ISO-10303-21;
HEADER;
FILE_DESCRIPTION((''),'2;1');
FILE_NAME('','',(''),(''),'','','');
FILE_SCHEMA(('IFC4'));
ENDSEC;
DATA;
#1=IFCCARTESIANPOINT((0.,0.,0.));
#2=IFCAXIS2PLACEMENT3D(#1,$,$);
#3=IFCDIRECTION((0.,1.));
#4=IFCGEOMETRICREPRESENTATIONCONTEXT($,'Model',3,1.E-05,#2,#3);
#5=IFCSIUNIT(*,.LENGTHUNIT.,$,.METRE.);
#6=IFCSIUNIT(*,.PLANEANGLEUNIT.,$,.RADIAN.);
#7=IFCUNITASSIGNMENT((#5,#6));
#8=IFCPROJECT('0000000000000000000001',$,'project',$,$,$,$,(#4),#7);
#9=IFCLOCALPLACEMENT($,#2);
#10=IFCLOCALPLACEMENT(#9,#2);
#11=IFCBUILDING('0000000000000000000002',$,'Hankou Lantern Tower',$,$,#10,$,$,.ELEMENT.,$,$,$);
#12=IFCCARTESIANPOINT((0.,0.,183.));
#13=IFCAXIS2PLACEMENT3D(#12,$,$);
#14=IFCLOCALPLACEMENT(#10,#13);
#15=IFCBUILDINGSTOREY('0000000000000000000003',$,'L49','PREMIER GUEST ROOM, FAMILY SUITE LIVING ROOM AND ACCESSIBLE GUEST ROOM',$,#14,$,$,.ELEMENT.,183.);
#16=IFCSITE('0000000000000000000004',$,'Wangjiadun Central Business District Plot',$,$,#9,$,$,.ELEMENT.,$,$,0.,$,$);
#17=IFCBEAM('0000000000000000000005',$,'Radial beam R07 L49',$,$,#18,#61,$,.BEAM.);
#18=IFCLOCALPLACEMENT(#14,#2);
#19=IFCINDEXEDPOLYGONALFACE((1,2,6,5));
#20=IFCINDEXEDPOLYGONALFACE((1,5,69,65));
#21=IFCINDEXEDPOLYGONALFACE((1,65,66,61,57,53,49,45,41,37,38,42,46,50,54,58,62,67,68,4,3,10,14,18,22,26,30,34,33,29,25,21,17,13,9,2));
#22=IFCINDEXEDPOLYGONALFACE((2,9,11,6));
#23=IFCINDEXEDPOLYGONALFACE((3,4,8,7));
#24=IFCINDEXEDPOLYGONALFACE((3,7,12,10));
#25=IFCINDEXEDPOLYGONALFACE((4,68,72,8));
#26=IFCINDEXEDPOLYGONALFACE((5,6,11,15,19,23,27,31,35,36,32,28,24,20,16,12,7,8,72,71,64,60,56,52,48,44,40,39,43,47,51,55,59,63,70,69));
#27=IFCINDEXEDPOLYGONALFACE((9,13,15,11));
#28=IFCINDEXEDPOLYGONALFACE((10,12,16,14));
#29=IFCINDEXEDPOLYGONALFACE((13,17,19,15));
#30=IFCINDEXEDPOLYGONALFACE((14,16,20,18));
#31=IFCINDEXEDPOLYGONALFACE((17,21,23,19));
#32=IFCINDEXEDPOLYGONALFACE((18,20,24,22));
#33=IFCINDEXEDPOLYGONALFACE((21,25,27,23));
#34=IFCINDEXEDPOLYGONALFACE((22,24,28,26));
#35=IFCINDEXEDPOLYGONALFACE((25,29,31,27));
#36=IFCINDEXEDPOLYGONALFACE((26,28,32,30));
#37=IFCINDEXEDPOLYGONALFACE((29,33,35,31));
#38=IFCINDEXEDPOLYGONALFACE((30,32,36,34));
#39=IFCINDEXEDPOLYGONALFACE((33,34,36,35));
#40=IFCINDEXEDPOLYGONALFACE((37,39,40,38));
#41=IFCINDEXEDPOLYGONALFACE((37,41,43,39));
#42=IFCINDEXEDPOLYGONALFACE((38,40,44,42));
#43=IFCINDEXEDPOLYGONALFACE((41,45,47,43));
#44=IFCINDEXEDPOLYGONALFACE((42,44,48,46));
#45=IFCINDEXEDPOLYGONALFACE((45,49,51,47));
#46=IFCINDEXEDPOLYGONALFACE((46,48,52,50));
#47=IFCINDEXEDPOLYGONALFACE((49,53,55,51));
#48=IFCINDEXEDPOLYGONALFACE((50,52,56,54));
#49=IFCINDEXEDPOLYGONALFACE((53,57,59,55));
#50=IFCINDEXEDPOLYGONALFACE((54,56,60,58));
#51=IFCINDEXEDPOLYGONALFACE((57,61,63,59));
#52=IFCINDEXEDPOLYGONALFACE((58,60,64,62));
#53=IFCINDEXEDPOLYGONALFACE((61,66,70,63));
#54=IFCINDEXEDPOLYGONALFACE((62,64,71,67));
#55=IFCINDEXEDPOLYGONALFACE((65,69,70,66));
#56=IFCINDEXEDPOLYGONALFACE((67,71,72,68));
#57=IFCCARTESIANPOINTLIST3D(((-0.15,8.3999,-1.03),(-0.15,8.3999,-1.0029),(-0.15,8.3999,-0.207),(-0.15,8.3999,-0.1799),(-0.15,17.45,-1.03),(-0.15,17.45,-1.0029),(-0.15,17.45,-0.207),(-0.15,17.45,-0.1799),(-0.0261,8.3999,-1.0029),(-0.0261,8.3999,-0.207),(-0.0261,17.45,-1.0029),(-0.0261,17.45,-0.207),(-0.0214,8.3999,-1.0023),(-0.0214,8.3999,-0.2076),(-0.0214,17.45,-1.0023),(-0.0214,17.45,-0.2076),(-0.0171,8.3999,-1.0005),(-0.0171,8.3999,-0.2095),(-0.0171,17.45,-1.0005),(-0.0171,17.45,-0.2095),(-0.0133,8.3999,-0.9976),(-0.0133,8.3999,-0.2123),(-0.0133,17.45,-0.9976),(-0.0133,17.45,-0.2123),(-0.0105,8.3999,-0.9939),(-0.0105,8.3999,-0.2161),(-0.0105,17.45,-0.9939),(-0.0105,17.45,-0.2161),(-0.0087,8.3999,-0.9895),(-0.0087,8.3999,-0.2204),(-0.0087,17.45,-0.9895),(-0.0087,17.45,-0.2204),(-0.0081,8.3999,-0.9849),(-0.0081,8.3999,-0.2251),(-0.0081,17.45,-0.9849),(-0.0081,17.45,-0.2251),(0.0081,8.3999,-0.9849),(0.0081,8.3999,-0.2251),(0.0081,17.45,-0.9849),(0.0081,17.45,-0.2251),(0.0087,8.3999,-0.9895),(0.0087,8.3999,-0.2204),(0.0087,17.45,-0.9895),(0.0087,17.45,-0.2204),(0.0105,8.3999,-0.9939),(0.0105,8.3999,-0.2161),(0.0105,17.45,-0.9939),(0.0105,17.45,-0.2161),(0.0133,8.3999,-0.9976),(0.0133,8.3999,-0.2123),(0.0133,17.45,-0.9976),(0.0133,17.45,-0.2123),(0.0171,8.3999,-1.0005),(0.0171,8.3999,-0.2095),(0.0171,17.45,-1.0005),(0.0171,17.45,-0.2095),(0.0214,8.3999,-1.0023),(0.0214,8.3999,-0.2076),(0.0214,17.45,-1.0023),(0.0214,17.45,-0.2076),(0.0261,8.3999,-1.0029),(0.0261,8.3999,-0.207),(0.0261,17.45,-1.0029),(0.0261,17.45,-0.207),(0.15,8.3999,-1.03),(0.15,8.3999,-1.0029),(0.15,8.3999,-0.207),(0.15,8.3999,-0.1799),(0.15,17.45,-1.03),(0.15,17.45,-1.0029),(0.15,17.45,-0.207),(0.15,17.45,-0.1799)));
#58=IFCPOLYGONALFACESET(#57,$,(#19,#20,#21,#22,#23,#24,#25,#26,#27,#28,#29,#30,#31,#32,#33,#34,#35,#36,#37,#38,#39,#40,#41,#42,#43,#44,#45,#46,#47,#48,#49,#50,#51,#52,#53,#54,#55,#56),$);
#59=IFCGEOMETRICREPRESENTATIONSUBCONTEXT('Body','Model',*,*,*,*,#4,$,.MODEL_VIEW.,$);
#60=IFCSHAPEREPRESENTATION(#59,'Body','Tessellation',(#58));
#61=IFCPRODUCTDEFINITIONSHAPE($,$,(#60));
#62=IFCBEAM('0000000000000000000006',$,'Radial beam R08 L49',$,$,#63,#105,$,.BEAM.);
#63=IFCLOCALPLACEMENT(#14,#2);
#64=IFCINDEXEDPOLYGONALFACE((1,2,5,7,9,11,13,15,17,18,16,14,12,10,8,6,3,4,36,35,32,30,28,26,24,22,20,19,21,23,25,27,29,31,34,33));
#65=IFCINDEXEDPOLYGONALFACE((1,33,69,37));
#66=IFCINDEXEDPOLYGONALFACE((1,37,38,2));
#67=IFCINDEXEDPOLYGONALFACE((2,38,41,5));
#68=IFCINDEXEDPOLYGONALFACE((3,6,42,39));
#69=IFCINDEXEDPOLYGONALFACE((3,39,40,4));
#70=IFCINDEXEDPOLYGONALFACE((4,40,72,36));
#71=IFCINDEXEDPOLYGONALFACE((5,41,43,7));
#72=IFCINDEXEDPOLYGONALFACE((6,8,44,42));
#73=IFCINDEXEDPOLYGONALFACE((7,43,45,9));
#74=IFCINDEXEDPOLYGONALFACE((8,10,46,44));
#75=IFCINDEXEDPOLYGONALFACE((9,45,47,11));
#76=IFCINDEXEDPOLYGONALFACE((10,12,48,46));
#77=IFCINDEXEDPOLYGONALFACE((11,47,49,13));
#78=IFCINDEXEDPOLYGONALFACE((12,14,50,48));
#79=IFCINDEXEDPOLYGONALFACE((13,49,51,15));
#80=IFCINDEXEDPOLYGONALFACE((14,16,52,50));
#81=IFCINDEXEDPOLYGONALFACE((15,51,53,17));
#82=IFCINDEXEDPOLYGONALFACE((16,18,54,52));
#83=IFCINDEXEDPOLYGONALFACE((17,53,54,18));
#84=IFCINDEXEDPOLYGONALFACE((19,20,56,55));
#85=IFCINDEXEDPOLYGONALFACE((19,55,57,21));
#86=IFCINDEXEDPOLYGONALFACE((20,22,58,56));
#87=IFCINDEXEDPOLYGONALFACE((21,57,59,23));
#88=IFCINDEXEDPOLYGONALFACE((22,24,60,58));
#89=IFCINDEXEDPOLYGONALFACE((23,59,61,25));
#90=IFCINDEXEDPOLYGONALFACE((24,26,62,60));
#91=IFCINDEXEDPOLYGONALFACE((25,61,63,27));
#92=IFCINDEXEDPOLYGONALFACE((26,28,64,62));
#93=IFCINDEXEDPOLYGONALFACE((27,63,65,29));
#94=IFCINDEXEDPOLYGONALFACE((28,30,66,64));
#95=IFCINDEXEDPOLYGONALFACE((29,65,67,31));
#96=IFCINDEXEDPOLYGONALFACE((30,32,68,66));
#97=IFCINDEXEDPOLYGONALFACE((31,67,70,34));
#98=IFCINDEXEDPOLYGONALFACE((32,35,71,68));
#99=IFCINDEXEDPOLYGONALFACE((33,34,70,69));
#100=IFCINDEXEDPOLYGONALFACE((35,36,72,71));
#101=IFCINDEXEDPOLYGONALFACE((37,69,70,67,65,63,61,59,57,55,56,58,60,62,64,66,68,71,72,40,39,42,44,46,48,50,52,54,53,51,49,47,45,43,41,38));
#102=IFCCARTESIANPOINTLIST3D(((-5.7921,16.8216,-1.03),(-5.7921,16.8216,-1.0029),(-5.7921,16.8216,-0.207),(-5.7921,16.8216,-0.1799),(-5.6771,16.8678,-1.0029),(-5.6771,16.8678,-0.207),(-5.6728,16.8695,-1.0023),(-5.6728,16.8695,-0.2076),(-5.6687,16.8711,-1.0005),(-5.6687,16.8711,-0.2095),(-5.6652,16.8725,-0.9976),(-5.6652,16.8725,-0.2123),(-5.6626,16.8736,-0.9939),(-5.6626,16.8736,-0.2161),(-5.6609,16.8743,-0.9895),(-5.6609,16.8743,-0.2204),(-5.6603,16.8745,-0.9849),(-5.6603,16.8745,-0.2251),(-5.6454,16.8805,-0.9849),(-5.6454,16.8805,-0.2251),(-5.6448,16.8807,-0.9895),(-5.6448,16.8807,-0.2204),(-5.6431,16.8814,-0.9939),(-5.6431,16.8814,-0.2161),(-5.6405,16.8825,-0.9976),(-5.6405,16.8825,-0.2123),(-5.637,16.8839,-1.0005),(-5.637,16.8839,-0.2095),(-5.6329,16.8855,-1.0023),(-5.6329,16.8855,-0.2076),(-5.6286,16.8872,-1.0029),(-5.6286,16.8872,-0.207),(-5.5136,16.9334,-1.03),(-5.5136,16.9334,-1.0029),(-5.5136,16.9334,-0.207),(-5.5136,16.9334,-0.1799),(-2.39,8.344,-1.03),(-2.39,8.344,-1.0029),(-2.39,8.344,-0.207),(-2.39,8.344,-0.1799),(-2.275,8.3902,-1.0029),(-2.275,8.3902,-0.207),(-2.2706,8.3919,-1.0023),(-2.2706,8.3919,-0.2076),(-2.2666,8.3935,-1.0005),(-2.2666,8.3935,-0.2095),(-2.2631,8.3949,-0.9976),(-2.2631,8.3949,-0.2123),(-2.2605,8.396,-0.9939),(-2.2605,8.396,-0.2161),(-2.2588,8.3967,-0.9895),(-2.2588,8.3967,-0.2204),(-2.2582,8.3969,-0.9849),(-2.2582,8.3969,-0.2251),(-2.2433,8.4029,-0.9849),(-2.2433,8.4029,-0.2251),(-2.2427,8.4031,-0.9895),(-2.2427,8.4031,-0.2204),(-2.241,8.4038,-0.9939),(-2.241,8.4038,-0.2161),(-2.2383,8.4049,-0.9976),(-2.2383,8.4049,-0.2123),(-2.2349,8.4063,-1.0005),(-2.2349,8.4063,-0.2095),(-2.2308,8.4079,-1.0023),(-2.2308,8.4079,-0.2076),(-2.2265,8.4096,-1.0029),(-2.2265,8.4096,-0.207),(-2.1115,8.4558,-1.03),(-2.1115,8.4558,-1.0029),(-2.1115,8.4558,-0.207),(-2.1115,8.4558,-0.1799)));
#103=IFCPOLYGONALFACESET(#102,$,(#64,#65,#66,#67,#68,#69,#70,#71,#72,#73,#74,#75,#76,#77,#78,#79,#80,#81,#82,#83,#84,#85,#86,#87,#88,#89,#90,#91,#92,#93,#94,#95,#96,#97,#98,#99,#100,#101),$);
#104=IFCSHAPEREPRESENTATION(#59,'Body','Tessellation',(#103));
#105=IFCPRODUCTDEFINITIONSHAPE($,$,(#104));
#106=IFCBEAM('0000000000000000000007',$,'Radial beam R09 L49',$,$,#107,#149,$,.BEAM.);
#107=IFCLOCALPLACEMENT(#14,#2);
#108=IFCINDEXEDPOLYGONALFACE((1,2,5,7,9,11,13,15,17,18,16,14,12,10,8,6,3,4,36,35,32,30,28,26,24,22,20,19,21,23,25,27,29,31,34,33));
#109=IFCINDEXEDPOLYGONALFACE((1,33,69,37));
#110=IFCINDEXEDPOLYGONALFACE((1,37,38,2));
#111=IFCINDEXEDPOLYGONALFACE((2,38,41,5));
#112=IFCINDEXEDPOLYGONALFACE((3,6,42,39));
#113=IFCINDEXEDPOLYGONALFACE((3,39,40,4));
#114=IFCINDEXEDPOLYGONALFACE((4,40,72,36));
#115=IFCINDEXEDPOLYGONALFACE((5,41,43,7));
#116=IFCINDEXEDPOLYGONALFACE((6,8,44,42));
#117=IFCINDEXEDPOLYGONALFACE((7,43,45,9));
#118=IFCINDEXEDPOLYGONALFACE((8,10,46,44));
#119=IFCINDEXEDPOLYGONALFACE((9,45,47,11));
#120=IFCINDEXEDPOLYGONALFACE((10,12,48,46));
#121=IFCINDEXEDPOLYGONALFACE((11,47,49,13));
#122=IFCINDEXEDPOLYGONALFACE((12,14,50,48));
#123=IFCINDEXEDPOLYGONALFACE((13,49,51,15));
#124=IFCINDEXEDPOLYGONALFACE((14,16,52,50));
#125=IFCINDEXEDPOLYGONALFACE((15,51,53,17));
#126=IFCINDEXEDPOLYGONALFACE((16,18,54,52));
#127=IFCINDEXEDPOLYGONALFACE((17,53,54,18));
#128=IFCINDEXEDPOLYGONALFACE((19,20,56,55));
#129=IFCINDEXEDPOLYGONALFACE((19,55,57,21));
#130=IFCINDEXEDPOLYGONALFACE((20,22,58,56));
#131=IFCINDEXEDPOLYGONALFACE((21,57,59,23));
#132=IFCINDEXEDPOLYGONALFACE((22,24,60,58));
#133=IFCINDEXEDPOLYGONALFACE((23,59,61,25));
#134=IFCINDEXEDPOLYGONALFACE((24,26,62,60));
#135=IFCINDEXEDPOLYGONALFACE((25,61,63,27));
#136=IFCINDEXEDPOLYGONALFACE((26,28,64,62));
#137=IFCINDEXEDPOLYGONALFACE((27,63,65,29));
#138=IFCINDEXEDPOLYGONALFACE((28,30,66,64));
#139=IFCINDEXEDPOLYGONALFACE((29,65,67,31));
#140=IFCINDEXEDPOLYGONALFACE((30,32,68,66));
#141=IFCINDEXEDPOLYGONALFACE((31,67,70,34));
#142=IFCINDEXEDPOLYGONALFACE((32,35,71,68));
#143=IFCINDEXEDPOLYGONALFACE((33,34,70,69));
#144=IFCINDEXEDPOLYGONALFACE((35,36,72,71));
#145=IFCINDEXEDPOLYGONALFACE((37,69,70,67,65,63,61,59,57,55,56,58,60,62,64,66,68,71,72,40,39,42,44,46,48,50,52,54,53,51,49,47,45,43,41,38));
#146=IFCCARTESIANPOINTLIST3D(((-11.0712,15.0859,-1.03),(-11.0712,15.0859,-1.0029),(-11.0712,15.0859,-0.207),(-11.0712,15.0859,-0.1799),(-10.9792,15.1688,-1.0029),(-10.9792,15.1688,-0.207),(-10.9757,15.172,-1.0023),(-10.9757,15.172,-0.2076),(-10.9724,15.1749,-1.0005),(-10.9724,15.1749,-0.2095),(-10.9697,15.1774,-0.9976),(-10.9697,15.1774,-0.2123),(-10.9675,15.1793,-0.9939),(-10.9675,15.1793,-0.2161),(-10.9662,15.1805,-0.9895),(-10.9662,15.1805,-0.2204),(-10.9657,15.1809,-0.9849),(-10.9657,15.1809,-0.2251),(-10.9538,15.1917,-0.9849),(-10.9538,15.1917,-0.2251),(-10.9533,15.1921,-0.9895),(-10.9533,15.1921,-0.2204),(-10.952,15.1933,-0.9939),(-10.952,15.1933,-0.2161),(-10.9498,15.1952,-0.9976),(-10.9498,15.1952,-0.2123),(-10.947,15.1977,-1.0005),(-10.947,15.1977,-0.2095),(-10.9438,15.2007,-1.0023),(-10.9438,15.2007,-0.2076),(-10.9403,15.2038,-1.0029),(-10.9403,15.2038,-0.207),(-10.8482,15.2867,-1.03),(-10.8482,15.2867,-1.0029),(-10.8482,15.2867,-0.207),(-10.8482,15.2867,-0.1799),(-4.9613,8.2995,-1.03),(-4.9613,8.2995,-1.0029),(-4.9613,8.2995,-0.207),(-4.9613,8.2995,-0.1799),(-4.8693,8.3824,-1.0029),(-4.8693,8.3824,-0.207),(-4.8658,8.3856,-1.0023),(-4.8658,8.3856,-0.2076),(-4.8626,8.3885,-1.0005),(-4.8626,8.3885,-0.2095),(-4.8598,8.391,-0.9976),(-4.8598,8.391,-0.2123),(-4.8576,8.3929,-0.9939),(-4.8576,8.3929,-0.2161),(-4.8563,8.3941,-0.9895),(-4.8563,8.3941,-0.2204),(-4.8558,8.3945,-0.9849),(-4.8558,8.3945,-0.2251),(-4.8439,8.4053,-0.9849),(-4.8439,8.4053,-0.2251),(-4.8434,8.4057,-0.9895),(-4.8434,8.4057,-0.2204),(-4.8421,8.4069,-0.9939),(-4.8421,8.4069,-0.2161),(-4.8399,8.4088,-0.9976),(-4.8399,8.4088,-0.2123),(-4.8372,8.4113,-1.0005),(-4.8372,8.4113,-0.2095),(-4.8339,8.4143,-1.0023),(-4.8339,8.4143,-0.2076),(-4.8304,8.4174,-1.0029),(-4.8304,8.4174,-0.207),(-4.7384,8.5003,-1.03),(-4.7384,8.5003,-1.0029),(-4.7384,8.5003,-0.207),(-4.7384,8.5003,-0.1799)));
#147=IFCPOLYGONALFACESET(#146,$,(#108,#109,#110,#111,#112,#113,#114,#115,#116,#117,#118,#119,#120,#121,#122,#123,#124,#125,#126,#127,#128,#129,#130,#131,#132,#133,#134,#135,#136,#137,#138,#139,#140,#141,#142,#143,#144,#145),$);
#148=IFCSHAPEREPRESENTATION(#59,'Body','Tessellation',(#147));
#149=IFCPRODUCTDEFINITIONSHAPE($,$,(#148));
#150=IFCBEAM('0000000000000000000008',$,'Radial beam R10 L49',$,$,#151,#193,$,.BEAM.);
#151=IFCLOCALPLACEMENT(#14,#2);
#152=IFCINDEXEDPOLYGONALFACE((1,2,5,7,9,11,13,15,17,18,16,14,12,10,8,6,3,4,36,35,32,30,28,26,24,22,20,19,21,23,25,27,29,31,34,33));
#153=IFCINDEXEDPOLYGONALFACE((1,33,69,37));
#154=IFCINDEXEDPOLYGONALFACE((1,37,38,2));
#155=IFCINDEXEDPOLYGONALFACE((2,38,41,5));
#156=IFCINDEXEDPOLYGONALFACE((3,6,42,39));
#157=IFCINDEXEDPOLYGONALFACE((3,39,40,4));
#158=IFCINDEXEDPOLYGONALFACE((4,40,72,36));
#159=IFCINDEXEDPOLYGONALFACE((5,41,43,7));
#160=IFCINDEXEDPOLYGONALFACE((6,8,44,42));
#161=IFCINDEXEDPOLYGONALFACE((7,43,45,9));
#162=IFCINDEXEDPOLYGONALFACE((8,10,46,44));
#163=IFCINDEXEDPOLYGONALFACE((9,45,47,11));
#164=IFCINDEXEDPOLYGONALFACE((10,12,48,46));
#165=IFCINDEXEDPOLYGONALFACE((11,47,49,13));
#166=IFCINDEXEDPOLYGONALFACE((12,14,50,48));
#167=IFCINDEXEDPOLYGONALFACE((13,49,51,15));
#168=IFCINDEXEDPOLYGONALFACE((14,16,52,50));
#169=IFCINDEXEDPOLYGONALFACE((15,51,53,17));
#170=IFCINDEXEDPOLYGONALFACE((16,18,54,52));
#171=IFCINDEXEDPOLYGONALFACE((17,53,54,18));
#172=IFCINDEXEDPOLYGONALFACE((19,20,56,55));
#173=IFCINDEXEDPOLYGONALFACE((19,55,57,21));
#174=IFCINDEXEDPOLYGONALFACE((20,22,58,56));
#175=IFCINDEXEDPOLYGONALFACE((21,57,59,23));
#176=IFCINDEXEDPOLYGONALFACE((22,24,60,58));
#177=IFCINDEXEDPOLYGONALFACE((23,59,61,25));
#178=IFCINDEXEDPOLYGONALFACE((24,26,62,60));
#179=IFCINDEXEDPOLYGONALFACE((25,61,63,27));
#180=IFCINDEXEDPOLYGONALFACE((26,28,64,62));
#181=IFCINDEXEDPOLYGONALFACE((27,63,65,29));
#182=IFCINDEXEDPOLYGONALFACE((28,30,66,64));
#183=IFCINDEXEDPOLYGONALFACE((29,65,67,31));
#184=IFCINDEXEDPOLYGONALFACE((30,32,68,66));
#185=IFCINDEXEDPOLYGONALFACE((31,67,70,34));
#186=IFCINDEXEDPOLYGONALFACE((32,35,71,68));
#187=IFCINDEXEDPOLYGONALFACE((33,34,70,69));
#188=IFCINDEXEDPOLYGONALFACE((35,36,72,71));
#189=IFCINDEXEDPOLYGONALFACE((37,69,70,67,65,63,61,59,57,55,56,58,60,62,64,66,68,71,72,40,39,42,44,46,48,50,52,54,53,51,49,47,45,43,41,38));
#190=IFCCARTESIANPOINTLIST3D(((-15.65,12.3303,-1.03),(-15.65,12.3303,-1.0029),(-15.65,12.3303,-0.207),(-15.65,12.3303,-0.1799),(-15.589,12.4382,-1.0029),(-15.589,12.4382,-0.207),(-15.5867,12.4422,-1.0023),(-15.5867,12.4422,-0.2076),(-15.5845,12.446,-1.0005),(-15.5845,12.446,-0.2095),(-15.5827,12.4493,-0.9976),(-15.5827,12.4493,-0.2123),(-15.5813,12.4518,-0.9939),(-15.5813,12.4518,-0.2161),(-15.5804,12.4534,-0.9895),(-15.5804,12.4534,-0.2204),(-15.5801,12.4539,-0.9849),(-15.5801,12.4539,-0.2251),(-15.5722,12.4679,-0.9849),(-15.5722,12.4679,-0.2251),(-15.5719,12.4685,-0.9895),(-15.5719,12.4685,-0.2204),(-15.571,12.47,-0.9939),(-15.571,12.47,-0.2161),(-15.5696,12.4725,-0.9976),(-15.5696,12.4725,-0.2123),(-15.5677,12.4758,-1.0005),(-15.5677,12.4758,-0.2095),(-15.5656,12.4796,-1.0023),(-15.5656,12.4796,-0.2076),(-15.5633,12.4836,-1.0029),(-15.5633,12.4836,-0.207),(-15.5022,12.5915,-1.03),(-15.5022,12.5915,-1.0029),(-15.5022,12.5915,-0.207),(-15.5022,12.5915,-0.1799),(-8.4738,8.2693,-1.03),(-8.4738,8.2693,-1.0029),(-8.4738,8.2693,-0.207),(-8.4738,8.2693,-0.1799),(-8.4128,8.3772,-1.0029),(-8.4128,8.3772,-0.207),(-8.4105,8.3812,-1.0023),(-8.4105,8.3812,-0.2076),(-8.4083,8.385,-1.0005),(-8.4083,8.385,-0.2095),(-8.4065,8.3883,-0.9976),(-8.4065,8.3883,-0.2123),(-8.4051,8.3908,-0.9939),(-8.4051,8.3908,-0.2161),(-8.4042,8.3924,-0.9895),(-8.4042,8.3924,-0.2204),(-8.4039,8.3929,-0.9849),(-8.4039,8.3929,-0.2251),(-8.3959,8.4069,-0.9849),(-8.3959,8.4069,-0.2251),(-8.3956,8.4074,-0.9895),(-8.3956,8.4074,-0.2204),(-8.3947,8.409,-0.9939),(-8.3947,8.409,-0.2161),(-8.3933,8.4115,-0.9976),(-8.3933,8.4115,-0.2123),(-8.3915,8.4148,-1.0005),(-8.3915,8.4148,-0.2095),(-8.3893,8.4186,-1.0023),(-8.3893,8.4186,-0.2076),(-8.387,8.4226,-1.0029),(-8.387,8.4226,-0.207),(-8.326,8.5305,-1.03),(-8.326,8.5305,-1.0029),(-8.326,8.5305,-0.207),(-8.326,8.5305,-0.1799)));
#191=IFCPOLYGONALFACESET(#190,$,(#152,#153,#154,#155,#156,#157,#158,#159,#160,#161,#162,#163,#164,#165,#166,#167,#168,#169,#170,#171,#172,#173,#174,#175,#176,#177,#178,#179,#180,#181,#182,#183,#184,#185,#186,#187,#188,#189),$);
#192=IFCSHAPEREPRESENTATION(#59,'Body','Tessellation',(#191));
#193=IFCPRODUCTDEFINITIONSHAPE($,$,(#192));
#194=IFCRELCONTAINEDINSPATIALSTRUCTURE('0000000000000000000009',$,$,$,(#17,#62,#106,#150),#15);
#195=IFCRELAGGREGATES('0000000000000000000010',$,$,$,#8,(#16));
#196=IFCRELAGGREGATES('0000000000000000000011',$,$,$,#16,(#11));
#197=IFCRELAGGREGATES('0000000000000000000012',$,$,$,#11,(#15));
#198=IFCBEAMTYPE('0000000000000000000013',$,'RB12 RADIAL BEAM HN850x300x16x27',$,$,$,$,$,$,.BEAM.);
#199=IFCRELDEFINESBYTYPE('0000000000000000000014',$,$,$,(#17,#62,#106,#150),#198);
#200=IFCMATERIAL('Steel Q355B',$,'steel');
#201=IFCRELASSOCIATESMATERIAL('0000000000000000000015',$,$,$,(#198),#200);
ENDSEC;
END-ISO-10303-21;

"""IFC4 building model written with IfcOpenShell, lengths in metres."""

from ifc_helpers import new_model, si_unit, direction, frame, origin, origin_2d, place, context, subcontext, project, spatial, i_section, extrude, material, material_profile, profile_set, type_object, element, save


model = new_model("IFC4")

# Units and contexts
model_context = context("Model", 3, precision=1e-05, world=origin(), true_north=direction((0.0, 1.0)))
body_context = subcontext(model_context, "Body", "Model", "MODEL_VIEW")
ifc_project = project(units=[si_unit("LENGTHUNIT", "METRE"), si_unit("PLANEANGLEUNIT", "RADIAN")], contexts=[model_context])

# Site, building, storey
site_placement = place(None, origin())
site = spatial("IfcSite", under=ifc_project, at=site_placement, Name="Wangjiadun Central Business District Plot", CompositionType="ELEMENT", RefElevation=0.0)
building_placement = place(site_placement, origin())
building = spatial("IfcBuilding", under=site, at=building_placement, Name="Hankou Lantern Tower", CompositionType="ELEMENT")
storey_placement = place(building_placement, frame((0.0, 0.0, 183.0)))
storey = spatial("IfcBuildingStorey", under=building, at=storey_placement, Name="L49", Description="PREMIER GUEST ROOM, FAMILY SUITE LIVING ROOM AND ACCESSIBLE GUEST ROOM", CompositionType="ELEMENT", Elevation=183.0)

# Beams
ifc_material_1 = material(Name="Steel Q355B", Category="steel")
ifc_material_profile_1 = material_profile(ifc_material_1, i_section(OverallWidth=0.3, OverallDepth=0.8501, WebThickness=0.0161, FlangeThickness=0.0271, FilletRadius=0.0181, at=origin_2d()), Name="HN850x300x16x27")
ifc_profile_set_1 = profile_set([ifc_material_profile_1], Name="Steel Q355B")
beam_type_1 = type_object("IfcBeamType", Name="RB12 RADIAL BEAM HN850x300x16x27", PredefinedType="BEAM", material=ifc_profile_set_1)
beam_1_placement = place(storey_placement, frame((0.0, 8.3999, -0.605), z_axis=(0.0, 1.0, 0.0), x_axis=(-1.0, 0.0, 0.0)))
element("IfcBeam", 1, at=beam_1_placement, inside=storey, type_object=beam_type_1, Name="Radial beam R07 L49", PredefinedType="BEAM", context=body_context, shape_type="SweptSolid", body=[
    extrude(i_section(OverallWidth=0.3, OverallDepth=0.8501, WebThickness=0.0161, FlangeThickness=0.0271, FilletRadius=0.0181, at=origin_2d()), origin(), (0.0, 0.0, 1.0), 9.05),
])
beam_2_placement = place(storey_placement, frame((-2.2507, 8.3999, -0.605), z_axis=(-0.372436, 0.928058, 0.0), x_axis=(-0.928058, -0.372436, 0.0)))
element("IfcBeam", 2, at=beam_2_placement, inside=storey, type_object=beam_type_1, Name="Radial beam R08 L49", PredefinedType="BEAM", context=body_context, shape_type="SweptSolid", body=[
    extrude(i_section(OverallWidth=0.3, OverallDepth=0.8501, WebThickness=0.0161, FlangeThickness=0.0271, FilletRadius=0.0181, at=origin_2d()), origin(), (0.0, 0.0, 1.0), 9.1348),
])
beam_3_placement = place(storey_placement, frame((-4.8499, 8.3999, -0.605), z_axis=(-0.669093, 0.743178, 0.0), x_axis=(-0.743178, -0.669093, 0.0)))
element("IfcBeam", 3, at=beam_3_placement, inside=storey, type_object=beam_type_1, Name="Radial beam R09 L49", PredefinedType="BEAM", context=body_context, shape_type="SweptSolid", body=[
    extrude(i_section(OverallWidth=0.3, OverallDepth=0.8501, WebThickness=0.0161, FlangeThickness=0.0271, FilletRadius=0.0181, at=origin_2d()), origin(), (0.0, 0.0, 1.0), 9.1316),
])
beam_4_placement = place(storey_placement, frame((-8.3999, 8.3999, -0.605), z_axis=(-0.870309, 0.492506, 0.0), x_axis=(-0.492506, -0.870309, 0.0)))
element("IfcBeam", 4, at=beam_4_placement, inside=storey, type_object=beam_type_1, Name="Radial beam R10 L49", PredefinedType="BEAM", context=body_context, shape_type="SweptSolid", body=[
    extrude(i_section(OverallWidth=0.3, OverallDepth=0.8501, WebThickness=0.0161, FlangeThickness=0.0271, FilletRadius=0.0181, at=origin_2d()), origin(), (0.0, 0.0, 1.0), 8.2456),
])

save(model, "model.ifc")
